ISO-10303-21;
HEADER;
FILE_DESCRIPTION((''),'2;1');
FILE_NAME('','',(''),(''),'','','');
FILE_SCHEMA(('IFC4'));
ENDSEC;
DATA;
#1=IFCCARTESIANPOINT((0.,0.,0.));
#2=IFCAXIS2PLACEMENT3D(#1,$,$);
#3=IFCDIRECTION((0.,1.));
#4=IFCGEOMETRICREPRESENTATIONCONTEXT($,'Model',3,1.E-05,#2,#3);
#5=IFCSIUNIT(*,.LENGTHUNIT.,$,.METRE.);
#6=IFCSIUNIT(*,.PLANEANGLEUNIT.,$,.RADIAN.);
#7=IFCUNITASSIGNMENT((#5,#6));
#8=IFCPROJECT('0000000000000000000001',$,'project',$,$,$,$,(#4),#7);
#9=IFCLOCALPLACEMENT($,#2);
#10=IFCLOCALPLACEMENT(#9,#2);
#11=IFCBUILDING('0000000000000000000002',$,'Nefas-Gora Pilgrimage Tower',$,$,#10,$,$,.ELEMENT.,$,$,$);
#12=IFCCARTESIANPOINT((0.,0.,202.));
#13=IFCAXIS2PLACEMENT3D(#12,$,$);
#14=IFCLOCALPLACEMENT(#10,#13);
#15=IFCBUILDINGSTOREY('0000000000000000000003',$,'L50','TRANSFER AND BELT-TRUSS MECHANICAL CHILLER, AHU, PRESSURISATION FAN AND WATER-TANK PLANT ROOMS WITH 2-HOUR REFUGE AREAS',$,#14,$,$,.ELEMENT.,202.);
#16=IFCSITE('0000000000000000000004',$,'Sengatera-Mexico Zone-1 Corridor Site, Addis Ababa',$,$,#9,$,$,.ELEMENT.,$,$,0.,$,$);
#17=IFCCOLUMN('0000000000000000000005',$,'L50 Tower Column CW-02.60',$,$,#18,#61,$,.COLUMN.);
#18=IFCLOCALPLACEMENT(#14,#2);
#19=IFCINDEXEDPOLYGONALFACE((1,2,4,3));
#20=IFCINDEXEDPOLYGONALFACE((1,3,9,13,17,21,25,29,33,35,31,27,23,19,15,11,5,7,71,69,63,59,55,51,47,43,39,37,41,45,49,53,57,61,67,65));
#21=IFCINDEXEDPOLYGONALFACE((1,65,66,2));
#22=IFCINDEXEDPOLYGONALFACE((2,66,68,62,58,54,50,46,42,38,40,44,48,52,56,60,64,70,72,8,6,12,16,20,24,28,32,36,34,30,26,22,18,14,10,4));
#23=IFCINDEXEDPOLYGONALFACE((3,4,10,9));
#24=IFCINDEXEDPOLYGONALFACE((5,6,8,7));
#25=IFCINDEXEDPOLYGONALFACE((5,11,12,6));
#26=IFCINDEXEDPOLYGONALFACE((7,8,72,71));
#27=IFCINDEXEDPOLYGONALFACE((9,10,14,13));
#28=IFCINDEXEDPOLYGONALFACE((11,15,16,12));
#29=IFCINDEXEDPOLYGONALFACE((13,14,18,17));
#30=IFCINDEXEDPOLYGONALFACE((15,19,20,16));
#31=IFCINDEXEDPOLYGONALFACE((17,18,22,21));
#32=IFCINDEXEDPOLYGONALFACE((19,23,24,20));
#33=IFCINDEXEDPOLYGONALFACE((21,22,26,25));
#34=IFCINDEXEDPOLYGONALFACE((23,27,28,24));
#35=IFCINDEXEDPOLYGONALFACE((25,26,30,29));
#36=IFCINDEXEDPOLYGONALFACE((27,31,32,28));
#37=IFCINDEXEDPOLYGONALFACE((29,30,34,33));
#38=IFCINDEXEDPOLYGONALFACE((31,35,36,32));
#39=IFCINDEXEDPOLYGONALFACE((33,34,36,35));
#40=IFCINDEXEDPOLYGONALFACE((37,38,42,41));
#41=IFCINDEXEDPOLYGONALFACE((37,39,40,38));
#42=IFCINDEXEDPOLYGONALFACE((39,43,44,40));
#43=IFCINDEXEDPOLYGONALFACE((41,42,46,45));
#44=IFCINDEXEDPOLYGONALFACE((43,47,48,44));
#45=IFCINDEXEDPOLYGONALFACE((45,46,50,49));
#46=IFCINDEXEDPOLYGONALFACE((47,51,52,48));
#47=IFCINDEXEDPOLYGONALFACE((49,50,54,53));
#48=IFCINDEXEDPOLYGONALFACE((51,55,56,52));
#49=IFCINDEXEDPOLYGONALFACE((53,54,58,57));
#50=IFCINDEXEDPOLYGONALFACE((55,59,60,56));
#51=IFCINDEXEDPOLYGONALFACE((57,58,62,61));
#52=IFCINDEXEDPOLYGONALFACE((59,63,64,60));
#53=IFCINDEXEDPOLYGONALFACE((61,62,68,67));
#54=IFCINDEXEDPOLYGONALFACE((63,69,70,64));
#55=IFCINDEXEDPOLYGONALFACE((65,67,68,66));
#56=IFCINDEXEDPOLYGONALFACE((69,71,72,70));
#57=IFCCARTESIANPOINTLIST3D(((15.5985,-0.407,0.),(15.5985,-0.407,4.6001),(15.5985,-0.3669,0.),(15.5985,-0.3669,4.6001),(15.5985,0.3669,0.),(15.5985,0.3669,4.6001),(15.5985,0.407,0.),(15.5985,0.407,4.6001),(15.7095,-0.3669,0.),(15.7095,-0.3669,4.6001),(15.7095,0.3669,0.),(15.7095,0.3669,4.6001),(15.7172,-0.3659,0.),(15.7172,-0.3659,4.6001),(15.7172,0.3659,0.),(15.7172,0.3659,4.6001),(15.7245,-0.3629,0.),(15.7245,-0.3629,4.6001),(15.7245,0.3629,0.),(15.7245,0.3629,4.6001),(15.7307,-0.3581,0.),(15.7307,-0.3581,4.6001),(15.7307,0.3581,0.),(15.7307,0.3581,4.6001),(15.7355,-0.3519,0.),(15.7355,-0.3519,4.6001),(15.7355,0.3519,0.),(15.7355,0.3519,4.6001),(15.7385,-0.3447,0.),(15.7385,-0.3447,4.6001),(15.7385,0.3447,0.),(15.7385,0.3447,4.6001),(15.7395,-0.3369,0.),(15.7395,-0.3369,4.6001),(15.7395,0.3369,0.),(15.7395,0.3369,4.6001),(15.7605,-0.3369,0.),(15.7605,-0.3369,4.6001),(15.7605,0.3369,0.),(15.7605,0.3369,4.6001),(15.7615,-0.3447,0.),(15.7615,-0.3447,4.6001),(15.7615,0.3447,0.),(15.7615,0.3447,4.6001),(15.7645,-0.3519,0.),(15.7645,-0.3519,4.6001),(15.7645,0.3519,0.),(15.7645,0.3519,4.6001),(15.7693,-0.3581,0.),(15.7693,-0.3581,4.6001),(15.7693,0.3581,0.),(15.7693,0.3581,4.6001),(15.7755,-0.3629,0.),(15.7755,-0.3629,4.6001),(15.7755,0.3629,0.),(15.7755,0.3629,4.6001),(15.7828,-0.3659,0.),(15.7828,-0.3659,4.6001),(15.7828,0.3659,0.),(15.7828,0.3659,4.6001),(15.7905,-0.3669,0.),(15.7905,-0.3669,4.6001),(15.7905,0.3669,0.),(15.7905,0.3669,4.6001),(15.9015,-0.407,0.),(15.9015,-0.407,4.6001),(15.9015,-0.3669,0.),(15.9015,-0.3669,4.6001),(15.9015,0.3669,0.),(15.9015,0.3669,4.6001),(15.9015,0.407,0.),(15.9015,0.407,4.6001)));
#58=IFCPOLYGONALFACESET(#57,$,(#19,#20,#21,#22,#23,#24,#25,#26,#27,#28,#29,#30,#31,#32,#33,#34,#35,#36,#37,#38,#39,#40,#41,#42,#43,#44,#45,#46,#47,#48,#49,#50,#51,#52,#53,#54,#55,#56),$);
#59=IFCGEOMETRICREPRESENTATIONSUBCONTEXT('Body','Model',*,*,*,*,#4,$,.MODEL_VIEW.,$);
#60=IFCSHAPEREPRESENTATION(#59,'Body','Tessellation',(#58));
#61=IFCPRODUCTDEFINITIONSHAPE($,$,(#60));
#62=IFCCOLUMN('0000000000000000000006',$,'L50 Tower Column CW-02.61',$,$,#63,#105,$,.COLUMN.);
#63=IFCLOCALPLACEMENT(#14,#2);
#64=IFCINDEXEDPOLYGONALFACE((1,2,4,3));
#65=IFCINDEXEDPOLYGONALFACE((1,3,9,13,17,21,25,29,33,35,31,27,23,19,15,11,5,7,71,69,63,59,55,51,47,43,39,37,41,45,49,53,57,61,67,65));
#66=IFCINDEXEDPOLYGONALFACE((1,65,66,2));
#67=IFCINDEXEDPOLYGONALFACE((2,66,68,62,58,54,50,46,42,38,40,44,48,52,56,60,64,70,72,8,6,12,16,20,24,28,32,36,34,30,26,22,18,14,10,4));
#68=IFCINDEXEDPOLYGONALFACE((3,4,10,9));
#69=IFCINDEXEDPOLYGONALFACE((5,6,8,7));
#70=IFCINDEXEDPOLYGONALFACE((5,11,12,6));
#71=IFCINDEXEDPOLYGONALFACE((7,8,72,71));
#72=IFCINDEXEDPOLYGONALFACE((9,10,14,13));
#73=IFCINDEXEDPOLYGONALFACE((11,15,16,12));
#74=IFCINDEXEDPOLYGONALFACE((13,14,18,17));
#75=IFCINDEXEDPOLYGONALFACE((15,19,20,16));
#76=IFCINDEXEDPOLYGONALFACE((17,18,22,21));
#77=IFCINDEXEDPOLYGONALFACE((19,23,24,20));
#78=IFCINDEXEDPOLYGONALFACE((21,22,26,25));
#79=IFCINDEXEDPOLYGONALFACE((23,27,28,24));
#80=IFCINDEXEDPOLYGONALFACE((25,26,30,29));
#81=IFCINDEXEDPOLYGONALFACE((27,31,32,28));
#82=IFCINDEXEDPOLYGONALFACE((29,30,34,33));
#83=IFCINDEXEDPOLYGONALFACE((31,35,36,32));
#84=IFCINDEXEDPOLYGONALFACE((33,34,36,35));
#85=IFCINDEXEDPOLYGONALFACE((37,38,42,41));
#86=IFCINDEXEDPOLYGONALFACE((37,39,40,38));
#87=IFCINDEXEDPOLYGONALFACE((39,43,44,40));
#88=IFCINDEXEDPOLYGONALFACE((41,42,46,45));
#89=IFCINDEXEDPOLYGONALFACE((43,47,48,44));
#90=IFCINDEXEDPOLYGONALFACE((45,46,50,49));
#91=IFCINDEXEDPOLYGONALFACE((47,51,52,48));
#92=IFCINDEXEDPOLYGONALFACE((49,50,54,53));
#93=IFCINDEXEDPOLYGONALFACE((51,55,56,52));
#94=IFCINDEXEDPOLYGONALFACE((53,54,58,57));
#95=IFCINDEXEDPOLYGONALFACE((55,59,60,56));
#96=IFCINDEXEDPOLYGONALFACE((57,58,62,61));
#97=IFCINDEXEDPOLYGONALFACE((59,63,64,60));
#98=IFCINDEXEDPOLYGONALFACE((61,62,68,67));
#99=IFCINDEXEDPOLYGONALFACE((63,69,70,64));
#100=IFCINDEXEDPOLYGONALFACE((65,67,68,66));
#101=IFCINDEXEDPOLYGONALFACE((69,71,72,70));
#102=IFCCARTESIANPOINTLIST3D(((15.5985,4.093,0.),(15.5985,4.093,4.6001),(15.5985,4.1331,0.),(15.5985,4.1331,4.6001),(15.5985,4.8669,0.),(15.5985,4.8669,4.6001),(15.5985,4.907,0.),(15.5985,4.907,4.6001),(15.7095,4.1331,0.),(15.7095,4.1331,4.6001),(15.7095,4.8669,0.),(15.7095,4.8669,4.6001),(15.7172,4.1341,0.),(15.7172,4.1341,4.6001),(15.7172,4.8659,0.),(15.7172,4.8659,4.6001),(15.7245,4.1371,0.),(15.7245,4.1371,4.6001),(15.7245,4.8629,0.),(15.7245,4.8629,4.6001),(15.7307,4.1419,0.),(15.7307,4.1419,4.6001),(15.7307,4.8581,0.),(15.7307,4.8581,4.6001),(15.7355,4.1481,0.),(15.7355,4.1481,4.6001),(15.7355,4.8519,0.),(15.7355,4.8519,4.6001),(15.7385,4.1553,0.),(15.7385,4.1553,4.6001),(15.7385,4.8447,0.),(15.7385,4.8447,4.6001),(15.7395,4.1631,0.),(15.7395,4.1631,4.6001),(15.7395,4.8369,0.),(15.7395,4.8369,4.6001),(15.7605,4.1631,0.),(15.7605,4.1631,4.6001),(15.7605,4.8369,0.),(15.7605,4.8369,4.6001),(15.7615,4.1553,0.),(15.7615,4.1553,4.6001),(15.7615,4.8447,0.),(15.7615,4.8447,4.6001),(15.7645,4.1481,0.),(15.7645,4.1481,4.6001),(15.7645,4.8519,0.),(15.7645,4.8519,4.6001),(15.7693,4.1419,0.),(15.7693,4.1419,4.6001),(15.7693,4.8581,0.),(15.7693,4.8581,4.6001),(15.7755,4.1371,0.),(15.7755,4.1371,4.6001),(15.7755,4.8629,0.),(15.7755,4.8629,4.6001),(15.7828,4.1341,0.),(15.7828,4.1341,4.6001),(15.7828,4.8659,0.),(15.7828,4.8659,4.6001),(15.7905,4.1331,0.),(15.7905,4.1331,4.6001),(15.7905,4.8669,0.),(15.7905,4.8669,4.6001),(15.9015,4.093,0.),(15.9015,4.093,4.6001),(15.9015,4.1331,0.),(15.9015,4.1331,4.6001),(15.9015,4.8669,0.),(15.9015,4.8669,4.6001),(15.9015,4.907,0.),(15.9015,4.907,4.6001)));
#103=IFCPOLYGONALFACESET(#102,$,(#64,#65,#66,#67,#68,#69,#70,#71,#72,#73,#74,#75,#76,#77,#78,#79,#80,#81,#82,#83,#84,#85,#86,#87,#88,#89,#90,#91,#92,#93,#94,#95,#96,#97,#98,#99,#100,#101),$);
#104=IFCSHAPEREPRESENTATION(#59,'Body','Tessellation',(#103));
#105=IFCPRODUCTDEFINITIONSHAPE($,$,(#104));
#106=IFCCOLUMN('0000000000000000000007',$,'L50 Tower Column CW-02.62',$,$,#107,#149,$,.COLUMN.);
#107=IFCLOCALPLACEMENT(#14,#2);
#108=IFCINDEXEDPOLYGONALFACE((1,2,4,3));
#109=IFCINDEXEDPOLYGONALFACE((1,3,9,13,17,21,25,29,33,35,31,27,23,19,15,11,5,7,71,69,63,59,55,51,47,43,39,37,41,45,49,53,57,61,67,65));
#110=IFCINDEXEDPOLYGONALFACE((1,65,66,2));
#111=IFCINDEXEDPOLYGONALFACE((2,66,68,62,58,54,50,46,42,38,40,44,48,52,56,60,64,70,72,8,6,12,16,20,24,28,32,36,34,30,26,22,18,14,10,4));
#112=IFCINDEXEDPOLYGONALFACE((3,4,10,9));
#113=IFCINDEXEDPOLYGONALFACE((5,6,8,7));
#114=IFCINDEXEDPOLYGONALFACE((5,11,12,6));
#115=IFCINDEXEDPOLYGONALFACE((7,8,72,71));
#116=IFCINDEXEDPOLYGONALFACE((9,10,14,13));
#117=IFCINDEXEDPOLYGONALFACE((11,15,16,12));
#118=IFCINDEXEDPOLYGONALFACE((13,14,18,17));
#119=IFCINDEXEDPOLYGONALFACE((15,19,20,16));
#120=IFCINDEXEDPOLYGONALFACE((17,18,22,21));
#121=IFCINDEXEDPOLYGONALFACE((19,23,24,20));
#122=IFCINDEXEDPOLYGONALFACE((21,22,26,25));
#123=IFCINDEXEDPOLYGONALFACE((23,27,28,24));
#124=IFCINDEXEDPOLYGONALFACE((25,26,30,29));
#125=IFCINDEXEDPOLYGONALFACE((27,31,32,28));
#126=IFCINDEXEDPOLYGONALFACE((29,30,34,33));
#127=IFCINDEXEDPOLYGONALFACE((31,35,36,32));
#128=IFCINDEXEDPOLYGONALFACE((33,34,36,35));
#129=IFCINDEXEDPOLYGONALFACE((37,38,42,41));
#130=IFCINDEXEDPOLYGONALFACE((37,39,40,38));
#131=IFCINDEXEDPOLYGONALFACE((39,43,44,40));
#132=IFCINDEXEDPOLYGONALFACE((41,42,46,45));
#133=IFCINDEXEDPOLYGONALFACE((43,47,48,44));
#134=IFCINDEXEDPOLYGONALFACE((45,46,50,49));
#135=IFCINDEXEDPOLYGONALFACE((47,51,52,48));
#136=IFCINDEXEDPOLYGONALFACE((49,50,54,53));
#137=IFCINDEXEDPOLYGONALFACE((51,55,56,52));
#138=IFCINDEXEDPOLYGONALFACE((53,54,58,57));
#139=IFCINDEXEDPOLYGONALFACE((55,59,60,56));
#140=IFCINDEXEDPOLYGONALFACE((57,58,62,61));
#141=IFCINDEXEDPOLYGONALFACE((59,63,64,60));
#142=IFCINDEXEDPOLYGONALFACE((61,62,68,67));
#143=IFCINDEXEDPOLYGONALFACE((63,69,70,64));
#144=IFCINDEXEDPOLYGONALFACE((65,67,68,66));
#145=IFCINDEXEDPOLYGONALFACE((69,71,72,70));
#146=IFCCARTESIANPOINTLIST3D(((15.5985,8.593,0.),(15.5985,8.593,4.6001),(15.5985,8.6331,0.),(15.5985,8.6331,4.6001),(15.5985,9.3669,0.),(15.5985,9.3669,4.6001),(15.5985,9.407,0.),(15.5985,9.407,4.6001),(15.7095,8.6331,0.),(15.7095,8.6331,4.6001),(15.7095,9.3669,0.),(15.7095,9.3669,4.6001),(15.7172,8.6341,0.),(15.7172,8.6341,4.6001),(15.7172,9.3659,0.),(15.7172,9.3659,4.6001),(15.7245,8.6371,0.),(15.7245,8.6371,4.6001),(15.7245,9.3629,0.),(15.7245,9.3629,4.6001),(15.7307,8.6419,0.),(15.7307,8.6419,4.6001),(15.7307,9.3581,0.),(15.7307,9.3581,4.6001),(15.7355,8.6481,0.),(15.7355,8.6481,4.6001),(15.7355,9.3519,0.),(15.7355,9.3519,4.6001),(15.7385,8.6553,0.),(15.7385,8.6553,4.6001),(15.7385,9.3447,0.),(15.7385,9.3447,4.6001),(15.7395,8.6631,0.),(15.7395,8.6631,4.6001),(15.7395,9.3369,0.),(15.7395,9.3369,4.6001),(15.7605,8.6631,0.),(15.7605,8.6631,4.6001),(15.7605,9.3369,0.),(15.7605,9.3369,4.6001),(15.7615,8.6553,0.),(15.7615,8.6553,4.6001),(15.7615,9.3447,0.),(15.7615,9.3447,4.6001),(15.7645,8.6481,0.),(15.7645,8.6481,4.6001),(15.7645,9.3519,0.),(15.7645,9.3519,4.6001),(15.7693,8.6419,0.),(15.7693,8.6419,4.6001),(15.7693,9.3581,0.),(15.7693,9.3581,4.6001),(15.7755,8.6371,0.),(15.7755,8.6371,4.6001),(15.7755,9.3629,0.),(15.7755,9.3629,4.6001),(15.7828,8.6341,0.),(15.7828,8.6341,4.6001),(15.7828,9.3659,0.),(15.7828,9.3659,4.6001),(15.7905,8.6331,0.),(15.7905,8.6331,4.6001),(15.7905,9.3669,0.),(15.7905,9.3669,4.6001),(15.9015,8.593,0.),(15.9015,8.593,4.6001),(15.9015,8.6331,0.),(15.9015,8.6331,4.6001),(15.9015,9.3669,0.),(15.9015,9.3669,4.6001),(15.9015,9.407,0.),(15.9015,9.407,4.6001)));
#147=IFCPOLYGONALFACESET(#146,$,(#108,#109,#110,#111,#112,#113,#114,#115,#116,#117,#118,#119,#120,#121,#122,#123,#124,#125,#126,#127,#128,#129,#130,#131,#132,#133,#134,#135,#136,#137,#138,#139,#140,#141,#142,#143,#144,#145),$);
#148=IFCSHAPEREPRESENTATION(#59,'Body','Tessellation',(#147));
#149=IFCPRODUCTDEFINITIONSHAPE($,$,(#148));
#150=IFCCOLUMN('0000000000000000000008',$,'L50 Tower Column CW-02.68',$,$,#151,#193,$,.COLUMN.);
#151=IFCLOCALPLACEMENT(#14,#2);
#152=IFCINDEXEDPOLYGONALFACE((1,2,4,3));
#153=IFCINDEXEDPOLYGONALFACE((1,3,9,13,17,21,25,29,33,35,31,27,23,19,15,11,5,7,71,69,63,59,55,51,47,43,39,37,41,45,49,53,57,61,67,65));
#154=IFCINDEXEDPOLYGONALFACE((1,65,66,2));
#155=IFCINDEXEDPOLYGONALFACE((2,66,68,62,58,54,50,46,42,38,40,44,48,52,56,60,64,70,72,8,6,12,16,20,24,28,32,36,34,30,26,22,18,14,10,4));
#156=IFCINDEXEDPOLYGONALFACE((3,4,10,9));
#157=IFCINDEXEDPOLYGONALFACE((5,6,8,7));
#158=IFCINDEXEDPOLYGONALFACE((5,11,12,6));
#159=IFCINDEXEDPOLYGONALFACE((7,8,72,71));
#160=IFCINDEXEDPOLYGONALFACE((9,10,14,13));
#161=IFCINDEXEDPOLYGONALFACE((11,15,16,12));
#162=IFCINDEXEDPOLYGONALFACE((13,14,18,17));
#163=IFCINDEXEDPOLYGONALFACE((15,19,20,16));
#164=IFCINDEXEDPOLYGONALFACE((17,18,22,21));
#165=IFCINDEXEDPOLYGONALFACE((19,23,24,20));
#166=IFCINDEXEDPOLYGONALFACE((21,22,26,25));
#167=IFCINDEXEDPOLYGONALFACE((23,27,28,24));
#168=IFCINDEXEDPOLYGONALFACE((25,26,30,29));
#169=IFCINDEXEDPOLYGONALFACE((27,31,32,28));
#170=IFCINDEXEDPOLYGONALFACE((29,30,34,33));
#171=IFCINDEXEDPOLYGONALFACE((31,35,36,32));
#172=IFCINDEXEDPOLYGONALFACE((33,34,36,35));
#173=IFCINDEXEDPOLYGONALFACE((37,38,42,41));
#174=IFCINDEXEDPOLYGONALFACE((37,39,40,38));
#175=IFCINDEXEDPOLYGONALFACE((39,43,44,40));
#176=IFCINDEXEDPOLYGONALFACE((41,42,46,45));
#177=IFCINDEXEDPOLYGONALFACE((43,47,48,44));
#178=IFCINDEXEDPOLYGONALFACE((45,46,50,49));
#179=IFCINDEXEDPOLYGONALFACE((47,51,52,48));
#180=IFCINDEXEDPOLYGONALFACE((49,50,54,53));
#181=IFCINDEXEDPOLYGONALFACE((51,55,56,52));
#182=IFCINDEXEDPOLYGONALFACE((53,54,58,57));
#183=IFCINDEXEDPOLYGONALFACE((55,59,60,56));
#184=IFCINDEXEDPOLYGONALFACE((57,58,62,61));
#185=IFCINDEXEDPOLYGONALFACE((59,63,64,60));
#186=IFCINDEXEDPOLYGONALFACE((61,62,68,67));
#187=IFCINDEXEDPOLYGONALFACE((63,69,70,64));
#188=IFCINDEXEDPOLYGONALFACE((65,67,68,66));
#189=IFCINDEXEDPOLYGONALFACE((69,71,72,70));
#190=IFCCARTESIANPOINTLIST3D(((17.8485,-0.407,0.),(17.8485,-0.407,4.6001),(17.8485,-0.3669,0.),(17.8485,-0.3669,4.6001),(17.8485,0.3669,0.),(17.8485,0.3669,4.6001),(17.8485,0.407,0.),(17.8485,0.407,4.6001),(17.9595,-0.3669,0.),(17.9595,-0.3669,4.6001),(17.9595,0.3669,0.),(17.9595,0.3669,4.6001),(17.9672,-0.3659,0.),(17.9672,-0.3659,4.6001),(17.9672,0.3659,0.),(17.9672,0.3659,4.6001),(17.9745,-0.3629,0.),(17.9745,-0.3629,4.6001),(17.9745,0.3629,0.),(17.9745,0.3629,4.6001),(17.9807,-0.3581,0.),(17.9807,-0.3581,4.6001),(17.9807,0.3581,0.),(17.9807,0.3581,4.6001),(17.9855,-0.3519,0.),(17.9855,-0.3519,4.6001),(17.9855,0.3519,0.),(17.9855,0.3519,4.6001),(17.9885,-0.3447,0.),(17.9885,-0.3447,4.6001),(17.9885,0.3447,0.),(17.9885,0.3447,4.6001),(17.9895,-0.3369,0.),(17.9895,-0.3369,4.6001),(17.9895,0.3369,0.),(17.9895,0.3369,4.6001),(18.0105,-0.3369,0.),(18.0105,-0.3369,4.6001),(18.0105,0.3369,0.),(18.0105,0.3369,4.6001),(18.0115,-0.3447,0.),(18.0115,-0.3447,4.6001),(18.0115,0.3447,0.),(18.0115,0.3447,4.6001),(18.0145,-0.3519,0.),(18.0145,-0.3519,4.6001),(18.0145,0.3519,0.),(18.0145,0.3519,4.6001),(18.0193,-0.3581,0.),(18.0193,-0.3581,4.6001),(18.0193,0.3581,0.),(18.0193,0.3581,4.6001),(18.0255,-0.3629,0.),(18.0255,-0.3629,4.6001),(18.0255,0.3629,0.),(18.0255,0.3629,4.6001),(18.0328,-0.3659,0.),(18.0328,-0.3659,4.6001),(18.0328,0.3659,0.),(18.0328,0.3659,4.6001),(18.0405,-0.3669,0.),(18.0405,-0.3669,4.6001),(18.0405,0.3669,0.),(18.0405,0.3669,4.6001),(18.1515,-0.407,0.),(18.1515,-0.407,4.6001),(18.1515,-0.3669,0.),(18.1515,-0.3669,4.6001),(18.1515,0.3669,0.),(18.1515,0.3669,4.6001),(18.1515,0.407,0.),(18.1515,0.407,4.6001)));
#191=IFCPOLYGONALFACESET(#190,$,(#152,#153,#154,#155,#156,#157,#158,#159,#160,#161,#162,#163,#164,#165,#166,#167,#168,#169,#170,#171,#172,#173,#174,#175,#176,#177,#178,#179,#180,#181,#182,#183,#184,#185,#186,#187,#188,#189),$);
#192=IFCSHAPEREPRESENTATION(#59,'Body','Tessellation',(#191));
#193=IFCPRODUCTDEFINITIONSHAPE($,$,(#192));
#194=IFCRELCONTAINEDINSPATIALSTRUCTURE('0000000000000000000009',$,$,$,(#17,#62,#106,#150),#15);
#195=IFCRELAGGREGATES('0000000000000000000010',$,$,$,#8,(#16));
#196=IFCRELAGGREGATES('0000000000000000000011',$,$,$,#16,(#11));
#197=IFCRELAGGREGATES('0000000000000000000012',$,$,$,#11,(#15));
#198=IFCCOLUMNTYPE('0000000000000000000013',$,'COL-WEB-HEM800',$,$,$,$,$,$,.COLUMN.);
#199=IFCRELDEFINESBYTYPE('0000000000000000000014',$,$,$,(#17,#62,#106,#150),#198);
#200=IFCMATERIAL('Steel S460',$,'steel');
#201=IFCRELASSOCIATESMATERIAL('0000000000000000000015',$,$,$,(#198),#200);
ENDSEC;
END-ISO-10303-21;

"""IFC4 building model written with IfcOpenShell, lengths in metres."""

from ifc_helpers import new_model, si_unit, direction, frame, origin, origin_2d, place, context, subcontext, project, spatial, i_section, extrude, source, transform, mapped, material, material_profile, profile_set, type_object, element, save


model = new_model("IFC4")

# Units and contexts
model_context = context("Model", 3, precision=1e-05, world=origin(), true_north=direction((0.0, 1.0)))
body_context = subcontext(model_context, "Body", "Model", "MODEL_VIEW")
ifc_project = project(units=[si_unit("LENGTHUNIT", "METRE"), si_unit("PLANEANGLEUNIT", "RADIAN")], contexts=[model_context])

# Site, building, storey
site_placement = place(None, origin())
site = spatial("IfcSite", under=ifc_project, at=site_placement, Name="Sengatera-Mexico Zone-1 Corridor Site, Addis Ababa", CompositionType="ELEMENT", RefElevation=0.0)
building_placement = place(site_placement, origin())
building = spatial("IfcBuilding", under=site, at=building_placement, Name="Nefas-Gora Pilgrimage Tower", CompositionType="ELEMENT")
storey_placement = place(building_placement, frame((0.0, 0.0, 202.0)))
storey = spatial("IfcBuildingStorey", under=building, at=storey_placement, Name="L50", Description="TRANSFER AND BELT-TRUSS MECHANICAL CHILLER, AHU, PRESSURISATION FAN AND WATER-TANK PLANT ROOMS WITH 2-HOUR REFUGE AREAS", CompositionType="ELEMENT", Elevation=202.0)

# Columns
ifc_material_1 = material(Name="Steel S460", Category="steel")
ifc_material_profile_1 = material_profile(ifc_material_1, i_section(OverallWidth=0.303, OverallDepth=0.814, WebThickness=0.021, FlangeThickness=0.04, FilletRadius=0.03, at=origin_2d()), Name="HEM 800")
ifc_profile_set_1 = profile_set([ifc_material_profile_1], Name="Steel S460")
column_type_1 = type_object("IfcColumnType", Name="COL-WEB-HEM800", PredefinedType="COLUMN", material=ifc_profile_set_1)
shared_shape_1 = source(origin(), body_context, "Body", "SweptSolid", [
    extrude(i_section(OverallWidth=0.303, OverallDepth=0.814, WebThickness=0.021, FlangeThickness=0.04, FilletRadius=0.03, at=origin_2d()), origin(), (0.0, 0.0, 1.0), 4.6001),
])
for number, where, z_axis, x_axis, name in (
    (1, (15.75, 0.0, 0.0), (0.0, 0.0, 1.0), (1.0, 0.0, 0.0), "L50 Tower Column CW-02.60"),
    (2, (15.75, 4.5, 0.0), (0.0, 0.0, 1.0), (1.0, 0.0, 0.0), "L50 Tower Column CW-02.61"),
    (3, (15.75, 9.0, 0.0), (0.0, 0.0, 1.0), (1.0, 0.0, 0.0), "L50 Tower Column CW-02.62"),
    (4, (18.0, 0.0, 0.0), (0.0, 0.0, 1.0), (1.0, 0.0, 0.0), "L50 Tower Column CW-02.68"),
):
    element("IfcColumn", number, at=place(storey_placement, frame(where, z_axis=z_axis, x_axis=x_axis)), inside=storey, type_object=column_type_1, Name=name, PredefinedType="COLUMN", context=body_context, shape_type="MappedRepresentation", body=[
        mapped(shared_shape_1, transform((0.0, 0.0, 0.0), x_axis=(1.0, 0.0, 0.0), y_axis=(0.0, 1.0, 0.0), z_axis=(0.0, 0.0, 1.0), scale=1.0)),
    ])

save(model, "model.ifc")
